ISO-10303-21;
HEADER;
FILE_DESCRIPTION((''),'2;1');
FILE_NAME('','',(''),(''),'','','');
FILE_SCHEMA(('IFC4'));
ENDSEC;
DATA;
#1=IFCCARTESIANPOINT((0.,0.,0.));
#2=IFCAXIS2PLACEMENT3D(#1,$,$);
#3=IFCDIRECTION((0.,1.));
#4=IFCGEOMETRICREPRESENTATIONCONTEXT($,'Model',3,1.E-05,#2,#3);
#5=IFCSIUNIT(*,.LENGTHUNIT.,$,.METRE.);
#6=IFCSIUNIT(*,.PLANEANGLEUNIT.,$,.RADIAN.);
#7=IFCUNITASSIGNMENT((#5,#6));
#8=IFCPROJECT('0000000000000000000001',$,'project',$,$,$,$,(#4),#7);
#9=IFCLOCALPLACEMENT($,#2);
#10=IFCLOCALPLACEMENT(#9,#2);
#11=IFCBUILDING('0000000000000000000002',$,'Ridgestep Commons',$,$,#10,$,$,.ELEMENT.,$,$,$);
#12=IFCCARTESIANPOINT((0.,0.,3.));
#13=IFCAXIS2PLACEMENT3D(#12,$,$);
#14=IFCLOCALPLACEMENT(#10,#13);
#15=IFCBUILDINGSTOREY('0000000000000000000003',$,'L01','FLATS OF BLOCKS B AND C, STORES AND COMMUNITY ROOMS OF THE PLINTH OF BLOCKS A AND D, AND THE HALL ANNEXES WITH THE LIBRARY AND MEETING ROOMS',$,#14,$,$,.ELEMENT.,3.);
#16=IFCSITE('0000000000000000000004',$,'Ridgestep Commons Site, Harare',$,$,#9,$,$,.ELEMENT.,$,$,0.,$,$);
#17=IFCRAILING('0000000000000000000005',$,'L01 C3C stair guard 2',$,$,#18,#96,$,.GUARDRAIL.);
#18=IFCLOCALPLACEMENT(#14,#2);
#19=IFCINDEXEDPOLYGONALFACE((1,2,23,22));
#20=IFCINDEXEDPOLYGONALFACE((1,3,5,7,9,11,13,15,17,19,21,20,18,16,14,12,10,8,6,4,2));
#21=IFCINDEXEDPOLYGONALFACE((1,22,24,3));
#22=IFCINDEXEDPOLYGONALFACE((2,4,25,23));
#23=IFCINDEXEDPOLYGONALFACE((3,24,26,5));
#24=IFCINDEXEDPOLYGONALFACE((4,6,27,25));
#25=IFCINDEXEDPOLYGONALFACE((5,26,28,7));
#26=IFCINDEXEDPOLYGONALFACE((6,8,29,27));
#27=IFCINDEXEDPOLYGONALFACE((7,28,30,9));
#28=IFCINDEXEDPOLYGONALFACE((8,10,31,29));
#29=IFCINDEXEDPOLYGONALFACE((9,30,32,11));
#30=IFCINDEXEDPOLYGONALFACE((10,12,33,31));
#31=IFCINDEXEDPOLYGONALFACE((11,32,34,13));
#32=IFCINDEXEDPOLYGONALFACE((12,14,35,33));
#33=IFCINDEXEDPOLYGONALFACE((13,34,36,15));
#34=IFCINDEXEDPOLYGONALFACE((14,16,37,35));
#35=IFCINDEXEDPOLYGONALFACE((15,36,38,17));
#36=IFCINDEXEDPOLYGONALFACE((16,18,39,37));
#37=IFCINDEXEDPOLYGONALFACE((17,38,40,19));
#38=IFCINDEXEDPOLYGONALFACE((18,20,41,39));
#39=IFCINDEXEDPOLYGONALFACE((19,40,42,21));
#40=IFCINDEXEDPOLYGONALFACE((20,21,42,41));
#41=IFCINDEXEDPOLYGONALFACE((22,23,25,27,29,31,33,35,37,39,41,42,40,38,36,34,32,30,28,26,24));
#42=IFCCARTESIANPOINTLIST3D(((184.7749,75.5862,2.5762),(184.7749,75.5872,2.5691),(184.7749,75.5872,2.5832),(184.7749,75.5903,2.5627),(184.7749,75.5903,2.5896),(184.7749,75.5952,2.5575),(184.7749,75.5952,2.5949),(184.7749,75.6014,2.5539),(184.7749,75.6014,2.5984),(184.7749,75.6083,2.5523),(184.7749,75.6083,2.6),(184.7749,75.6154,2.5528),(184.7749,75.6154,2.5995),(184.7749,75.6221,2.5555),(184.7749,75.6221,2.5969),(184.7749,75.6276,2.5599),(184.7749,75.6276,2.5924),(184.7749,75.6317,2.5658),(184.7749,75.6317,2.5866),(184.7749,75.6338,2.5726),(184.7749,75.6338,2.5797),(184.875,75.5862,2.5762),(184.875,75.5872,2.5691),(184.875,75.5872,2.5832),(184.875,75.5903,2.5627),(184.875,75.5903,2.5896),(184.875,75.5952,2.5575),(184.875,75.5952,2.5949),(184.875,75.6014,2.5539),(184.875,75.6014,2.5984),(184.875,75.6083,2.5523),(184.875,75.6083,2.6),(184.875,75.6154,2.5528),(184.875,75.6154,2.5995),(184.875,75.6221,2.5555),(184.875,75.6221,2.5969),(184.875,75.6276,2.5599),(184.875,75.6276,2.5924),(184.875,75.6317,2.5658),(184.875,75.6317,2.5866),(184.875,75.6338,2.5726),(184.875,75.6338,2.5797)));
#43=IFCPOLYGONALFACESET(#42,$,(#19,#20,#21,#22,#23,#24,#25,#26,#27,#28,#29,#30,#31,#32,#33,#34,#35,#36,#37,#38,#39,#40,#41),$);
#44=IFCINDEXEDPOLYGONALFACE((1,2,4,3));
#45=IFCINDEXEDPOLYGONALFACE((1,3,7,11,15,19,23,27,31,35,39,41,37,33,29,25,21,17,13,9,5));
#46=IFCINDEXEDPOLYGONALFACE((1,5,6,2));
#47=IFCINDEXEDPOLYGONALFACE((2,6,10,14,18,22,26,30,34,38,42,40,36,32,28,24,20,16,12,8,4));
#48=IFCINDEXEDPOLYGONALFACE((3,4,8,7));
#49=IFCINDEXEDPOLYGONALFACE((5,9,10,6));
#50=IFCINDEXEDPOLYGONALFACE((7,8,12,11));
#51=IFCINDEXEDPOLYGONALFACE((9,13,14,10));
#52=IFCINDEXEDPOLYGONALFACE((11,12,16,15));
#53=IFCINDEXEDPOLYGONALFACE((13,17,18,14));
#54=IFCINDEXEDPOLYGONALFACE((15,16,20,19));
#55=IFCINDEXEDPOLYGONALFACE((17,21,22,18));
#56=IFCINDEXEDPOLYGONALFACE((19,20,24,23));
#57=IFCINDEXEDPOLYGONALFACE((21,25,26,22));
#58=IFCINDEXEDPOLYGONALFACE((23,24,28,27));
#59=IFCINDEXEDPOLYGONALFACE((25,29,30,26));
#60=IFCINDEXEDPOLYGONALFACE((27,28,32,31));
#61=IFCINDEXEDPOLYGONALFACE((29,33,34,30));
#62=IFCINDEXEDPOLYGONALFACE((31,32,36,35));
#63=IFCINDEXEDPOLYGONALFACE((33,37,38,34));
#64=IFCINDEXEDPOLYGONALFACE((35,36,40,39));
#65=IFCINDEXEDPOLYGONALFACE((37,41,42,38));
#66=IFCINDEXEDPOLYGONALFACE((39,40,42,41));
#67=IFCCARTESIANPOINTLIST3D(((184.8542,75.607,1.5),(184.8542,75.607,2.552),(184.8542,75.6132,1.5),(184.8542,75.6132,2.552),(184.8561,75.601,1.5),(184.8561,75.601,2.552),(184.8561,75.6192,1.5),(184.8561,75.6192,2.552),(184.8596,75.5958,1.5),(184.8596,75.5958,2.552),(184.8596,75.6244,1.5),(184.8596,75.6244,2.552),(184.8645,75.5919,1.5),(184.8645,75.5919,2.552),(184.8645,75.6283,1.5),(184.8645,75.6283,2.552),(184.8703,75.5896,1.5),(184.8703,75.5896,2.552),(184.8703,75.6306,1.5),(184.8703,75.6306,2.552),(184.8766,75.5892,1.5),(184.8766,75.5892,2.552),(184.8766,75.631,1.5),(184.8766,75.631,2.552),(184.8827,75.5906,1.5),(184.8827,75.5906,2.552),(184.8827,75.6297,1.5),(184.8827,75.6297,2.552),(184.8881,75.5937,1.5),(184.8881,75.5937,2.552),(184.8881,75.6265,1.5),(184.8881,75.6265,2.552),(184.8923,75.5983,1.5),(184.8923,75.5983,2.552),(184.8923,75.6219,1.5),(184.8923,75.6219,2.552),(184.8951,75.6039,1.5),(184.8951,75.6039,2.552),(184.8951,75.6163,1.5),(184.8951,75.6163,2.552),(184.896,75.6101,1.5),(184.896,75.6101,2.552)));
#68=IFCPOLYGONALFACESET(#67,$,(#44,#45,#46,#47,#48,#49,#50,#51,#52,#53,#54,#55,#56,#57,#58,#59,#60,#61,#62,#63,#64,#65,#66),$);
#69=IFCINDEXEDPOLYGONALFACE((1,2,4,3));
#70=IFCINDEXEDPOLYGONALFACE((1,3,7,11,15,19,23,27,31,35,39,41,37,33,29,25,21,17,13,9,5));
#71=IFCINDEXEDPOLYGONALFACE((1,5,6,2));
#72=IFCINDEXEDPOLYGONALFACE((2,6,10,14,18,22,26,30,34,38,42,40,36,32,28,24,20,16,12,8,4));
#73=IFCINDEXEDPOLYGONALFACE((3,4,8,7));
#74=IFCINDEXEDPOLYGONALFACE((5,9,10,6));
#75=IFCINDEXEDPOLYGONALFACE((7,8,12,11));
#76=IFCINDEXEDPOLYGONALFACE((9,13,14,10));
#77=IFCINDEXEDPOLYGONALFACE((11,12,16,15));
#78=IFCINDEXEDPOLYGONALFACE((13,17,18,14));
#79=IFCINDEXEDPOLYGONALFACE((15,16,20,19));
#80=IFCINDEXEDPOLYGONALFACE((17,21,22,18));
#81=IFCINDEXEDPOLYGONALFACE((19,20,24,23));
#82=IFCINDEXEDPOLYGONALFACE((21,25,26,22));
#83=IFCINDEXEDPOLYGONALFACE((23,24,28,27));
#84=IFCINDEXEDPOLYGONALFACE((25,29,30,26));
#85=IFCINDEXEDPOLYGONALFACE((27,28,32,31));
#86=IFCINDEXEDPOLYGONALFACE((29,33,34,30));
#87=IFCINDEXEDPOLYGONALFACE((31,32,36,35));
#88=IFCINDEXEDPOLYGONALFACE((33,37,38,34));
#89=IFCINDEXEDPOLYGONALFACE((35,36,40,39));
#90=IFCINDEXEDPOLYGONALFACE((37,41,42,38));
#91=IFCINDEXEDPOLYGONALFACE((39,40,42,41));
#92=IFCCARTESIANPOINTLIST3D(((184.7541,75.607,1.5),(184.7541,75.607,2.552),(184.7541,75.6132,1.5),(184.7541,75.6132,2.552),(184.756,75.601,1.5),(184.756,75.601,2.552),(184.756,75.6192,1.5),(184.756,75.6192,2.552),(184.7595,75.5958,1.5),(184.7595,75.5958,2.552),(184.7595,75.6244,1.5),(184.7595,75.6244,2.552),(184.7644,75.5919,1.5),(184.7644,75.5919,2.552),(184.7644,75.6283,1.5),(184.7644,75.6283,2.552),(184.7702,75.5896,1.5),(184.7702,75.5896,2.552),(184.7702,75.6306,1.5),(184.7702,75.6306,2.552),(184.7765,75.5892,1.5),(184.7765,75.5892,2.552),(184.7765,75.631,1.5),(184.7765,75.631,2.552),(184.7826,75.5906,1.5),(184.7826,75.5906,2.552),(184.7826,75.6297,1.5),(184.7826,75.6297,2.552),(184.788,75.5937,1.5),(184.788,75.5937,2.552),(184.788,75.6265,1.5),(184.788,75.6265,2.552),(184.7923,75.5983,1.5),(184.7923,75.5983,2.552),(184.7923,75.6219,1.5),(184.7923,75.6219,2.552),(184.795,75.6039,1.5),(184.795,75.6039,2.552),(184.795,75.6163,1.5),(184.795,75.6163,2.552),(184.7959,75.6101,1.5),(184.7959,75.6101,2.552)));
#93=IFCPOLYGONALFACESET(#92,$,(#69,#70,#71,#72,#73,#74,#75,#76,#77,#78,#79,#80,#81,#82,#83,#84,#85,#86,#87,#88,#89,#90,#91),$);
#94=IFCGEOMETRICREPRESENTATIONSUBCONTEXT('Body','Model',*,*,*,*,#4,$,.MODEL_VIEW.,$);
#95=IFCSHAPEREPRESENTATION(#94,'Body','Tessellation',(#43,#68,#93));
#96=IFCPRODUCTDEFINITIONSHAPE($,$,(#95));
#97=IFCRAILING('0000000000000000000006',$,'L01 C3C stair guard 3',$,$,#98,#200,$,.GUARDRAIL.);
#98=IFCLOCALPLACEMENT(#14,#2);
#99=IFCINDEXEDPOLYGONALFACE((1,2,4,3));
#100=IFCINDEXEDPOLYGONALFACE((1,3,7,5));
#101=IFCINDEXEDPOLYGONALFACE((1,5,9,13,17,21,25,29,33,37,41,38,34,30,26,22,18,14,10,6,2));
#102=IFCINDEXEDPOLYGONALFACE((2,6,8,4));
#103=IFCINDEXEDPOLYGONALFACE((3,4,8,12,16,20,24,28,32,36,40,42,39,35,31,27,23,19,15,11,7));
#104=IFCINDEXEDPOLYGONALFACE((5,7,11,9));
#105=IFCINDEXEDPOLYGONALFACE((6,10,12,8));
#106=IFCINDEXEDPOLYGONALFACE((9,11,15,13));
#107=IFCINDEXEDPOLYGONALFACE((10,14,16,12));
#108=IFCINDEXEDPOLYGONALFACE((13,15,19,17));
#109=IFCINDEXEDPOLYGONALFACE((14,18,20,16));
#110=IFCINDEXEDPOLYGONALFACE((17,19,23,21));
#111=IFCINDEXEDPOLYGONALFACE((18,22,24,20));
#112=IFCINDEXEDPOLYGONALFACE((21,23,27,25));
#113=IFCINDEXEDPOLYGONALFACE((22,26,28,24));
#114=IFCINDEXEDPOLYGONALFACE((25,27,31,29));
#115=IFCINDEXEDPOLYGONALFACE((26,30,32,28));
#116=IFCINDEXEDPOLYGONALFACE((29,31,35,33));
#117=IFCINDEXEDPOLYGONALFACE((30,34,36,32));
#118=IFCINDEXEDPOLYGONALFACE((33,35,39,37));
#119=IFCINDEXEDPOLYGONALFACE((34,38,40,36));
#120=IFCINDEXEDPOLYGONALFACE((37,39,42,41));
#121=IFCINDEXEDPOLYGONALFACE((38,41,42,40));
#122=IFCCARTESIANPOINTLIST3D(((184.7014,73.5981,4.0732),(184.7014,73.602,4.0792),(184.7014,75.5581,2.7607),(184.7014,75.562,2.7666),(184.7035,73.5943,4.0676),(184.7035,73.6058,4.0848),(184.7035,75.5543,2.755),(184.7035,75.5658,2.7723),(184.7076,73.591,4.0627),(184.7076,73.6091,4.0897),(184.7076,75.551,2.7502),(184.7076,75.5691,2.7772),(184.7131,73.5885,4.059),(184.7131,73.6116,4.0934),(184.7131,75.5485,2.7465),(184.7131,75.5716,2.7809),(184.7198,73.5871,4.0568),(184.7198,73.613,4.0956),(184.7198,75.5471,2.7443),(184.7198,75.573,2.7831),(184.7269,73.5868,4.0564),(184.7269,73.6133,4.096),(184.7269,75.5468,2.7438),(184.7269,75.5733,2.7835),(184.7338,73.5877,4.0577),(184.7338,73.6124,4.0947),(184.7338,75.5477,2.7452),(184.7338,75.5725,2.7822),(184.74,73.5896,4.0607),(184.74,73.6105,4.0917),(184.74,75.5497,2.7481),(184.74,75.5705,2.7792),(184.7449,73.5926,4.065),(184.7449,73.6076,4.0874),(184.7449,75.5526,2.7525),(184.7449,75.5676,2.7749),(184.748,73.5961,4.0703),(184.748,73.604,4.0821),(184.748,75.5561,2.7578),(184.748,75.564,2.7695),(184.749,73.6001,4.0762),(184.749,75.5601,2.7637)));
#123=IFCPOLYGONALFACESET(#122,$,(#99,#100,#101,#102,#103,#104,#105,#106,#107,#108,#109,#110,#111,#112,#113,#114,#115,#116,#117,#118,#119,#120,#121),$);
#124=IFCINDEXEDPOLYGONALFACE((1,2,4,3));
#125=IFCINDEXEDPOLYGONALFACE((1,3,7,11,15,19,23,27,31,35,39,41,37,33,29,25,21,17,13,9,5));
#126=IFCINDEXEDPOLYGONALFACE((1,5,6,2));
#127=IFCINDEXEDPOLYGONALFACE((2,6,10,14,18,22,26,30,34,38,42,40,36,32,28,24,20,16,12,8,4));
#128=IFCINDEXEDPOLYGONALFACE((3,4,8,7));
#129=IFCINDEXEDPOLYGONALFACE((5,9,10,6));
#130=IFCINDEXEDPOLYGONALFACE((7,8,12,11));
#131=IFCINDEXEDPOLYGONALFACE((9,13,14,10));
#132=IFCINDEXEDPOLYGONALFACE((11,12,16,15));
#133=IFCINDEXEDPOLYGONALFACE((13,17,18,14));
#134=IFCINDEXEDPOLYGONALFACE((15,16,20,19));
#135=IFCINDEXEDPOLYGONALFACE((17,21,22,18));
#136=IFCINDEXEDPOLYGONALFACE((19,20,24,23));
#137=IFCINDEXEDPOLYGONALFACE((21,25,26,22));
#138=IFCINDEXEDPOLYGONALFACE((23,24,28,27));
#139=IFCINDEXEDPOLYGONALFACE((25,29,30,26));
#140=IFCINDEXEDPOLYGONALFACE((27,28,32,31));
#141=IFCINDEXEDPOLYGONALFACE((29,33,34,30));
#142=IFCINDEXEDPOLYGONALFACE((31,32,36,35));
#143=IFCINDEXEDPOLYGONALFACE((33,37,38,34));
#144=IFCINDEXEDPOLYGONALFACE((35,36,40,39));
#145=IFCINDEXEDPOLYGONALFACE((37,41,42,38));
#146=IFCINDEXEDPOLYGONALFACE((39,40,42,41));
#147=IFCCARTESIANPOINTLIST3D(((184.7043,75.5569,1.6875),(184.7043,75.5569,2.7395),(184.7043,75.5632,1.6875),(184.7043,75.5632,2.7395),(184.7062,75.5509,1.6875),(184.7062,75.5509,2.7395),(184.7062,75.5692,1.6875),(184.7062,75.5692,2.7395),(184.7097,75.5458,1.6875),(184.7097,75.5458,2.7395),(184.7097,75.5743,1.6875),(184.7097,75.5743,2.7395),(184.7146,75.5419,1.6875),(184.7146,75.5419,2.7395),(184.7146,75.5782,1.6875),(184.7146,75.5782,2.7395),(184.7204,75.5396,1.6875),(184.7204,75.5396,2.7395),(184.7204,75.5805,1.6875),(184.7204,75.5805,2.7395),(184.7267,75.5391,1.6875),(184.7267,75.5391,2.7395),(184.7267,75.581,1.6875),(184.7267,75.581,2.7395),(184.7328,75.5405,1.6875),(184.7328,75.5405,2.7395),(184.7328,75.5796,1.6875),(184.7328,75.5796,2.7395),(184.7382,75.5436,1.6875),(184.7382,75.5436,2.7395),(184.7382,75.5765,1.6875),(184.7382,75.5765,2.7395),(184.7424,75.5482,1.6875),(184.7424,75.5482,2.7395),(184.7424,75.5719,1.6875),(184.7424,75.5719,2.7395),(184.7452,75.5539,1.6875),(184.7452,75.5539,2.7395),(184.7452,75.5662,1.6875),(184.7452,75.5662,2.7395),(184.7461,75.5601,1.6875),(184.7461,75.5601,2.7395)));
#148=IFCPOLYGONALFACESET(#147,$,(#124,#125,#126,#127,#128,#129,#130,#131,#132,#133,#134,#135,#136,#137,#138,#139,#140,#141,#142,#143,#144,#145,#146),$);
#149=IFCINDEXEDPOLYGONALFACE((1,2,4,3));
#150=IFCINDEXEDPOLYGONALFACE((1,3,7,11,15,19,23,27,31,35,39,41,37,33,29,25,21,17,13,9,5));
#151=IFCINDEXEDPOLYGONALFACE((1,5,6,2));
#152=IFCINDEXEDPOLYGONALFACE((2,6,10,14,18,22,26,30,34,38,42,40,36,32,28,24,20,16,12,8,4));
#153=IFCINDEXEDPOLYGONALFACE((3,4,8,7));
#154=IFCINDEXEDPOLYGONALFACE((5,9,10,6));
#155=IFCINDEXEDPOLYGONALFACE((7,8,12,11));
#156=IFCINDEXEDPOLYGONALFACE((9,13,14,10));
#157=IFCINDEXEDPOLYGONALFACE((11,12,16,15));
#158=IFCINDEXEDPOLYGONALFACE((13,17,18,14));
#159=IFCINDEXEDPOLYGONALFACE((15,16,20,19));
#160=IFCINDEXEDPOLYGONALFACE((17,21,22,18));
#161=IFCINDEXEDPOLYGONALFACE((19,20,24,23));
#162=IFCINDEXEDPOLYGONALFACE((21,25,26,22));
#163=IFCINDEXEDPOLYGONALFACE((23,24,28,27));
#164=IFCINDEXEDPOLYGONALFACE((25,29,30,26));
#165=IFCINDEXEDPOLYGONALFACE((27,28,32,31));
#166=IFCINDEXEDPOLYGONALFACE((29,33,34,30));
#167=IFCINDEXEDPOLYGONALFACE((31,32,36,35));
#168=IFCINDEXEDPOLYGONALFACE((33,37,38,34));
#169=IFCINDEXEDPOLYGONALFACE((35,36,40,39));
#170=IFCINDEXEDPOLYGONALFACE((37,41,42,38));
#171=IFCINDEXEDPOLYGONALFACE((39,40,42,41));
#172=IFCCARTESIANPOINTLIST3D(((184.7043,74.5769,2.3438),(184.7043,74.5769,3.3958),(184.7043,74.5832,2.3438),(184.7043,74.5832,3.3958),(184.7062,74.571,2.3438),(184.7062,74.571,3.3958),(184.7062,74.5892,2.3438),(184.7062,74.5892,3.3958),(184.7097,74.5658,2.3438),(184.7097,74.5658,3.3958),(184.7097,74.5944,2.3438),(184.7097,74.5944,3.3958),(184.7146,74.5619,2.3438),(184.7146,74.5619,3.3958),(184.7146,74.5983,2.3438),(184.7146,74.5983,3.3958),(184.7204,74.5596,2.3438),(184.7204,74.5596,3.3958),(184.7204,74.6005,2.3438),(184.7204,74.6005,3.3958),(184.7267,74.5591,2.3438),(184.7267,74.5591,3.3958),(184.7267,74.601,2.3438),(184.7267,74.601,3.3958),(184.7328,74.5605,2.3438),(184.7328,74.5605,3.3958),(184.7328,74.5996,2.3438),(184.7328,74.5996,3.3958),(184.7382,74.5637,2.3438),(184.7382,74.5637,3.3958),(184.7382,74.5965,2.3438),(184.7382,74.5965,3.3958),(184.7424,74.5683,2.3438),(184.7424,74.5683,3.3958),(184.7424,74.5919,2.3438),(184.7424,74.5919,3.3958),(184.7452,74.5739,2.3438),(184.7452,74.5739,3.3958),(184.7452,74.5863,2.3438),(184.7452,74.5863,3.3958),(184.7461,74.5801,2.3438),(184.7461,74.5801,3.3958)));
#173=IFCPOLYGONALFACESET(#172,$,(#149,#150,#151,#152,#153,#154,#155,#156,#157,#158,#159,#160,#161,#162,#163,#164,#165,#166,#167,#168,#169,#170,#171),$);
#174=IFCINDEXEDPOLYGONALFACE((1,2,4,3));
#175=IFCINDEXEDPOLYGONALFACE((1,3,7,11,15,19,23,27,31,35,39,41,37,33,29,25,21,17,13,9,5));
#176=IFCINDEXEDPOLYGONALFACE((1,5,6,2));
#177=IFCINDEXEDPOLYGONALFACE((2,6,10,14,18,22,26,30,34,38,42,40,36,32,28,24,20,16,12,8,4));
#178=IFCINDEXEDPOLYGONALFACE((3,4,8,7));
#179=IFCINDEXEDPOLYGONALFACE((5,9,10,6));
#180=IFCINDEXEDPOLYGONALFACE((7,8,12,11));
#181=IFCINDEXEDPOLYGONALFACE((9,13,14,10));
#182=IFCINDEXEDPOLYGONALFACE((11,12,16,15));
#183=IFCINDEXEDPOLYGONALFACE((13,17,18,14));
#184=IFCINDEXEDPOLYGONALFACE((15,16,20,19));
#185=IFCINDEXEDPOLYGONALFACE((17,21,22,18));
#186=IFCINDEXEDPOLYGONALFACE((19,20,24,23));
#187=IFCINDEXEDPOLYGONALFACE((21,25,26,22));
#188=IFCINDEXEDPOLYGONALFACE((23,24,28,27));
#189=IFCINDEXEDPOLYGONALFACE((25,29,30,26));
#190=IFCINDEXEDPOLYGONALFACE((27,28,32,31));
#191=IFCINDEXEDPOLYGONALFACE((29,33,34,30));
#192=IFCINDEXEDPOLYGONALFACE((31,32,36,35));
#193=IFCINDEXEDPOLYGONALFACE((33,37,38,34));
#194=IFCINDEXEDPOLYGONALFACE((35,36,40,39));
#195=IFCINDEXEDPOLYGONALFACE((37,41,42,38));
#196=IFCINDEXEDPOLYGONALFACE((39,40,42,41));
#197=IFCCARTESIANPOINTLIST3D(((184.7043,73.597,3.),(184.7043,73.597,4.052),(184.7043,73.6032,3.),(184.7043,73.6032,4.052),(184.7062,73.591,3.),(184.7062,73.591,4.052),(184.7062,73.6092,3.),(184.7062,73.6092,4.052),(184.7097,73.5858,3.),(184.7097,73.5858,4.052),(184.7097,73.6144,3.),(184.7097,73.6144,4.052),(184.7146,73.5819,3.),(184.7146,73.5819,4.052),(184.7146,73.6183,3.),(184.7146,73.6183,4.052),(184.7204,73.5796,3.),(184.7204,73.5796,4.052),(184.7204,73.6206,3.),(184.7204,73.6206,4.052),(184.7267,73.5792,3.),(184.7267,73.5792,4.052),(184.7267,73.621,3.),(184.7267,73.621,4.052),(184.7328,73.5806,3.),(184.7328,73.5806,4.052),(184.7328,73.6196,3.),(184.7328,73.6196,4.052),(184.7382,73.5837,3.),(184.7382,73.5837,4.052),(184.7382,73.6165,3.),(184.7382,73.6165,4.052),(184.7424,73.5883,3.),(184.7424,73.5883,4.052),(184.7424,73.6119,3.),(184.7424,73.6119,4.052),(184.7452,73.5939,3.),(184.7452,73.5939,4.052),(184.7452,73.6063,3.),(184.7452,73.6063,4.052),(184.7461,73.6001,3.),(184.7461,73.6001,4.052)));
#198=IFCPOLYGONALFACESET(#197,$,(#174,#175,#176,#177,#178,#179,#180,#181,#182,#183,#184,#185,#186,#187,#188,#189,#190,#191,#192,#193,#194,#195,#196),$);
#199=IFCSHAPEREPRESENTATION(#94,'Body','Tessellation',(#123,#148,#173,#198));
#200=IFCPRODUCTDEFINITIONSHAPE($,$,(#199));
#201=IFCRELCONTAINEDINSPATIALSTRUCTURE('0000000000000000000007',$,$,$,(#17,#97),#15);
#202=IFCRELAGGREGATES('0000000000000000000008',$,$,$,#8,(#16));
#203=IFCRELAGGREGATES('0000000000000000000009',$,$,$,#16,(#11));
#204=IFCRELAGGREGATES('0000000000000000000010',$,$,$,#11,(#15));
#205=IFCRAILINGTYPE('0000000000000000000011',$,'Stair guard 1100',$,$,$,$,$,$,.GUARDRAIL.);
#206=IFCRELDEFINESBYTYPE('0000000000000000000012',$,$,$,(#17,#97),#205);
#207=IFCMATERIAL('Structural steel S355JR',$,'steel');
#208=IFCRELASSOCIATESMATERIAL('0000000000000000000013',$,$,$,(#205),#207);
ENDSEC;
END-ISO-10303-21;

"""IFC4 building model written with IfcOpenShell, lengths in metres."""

from ifc_helpers import new_model, si_unit, direction, frame, origin, origin_2d, place, context, subcontext, project, spatial, circle, extrude, material, type_object, element, save


model = new_model("IFC4")

# Units and contexts
model_context = context("Model", 3, precision=1e-05, world=origin(), true_north=direction((0.0, 1.0)))
body_context = subcontext(model_context, "Body", "Model", "MODEL_VIEW")
ifc_project = project(units=[si_unit("LENGTHUNIT", "METRE"), si_unit("PLANEANGLEUNIT", "RADIAN")], contexts=[model_context])

# Site, building, storey
site_placement = place(None, origin())
site = spatial("IfcSite", under=ifc_project, at=site_placement, Name="Ridgestep Commons Site, Harare", CompositionType="ELEMENT", RefElevation=0.0)
building_placement = place(site_placement, origin())
building = spatial("IfcBuilding", under=site, at=building_placement, Name="Ridgestep Commons", CompositionType="ELEMENT")
storey_placement = place(building_placement, frame((0.0, 0.0, 3.0)))
storey = spatial("IfcBuildingStorey", under=building, at=storey_placement, Name="L01", Description="FLATS OF BLOCKS B AND C, STORES AND COMMUNITY ROOMS OF THE PLINTH OF BLOCKS A AND D, AND THE HALL ANNEXES WITH THE LIBRARY AND MEETING ROOMS", CompositionType="ELEMENT", Elevation=3.0)

# Railings
ifc_material_1 = material(Name="Structural steel S355JR", Category="steel")
railing_type_1 = type_object("IfcRailingType", Name="Stair guard 1100", PredefinedType="GUARDRAIL", material=ifc_material_1)
railing_1_placement = place(storey_placement, frame((184.875, 75.6101, 1.5)))
element("IfcRailing", 1, at=railing_1_placement, inside=storey, type_object=railing_type_1, Name="L01 C3C stair guard 2", PredefinedType="GUARDRAIL", context=body_context, shape_type="SweptSolid", body=[
    extrude(circle(Radius=0.0239, at=origin_2d()), frame((0.0, 0.0, 1.0762), z_axis=(-1.0, 0.0, 0.0), x_axis=(0.0, -1.0, 0.0)), (0.0, 0.0, 1.0), 0.1001),
    extrude(circle(Radius=0.021, at=origin_2d()), origin(), (0.0, 0.0, 1.0), 1.052),
    extrude(circle(Radius=0.021, at=origin_2d()), frame((-0.1001, 0.0, 0.0)), (0.0, 0.0, 1.0), 1.052),
])
railing_2_placement = place(storey_placement, frame((184.7251, 75.5601, 1.6875)))
element("IfcRailing", 2, at=railing_2_placement, inside=storey, type_object=railing_type_1, Name="L01 C3C stair guard 3", PredefinedType="GUARDRAIL", context=body_context, shape_type="SweptSolid", body=[
    extrude(circle(Radius=0.0239, at=origin_2d()), frame((0.0, 0.0, 1.0762), z_axis=(0.0, -0.830902, 0.556419), x_axis=(1.0, 0.0, 0.0)), (0.0, 0.0, 1.0), 2.3589),
    extrude(circle(Radius=0.021, at=origin_2d()), origin(), (0.0, 0.0, 1.0), 1.052),
    extrude(circle(Radius=0.021, at=origin_2d()), frame((0.0, -0.98, 0.6562)), (0.0, 0.0, 1.0), 1.052),
    extrude(circle(Radius=0.021, at=origin_2d()), frame((0.0, -1.96, 1.3125)), (0.0, 0.0, 1.0), 1.052),
])

save(model, "model.ifc")
